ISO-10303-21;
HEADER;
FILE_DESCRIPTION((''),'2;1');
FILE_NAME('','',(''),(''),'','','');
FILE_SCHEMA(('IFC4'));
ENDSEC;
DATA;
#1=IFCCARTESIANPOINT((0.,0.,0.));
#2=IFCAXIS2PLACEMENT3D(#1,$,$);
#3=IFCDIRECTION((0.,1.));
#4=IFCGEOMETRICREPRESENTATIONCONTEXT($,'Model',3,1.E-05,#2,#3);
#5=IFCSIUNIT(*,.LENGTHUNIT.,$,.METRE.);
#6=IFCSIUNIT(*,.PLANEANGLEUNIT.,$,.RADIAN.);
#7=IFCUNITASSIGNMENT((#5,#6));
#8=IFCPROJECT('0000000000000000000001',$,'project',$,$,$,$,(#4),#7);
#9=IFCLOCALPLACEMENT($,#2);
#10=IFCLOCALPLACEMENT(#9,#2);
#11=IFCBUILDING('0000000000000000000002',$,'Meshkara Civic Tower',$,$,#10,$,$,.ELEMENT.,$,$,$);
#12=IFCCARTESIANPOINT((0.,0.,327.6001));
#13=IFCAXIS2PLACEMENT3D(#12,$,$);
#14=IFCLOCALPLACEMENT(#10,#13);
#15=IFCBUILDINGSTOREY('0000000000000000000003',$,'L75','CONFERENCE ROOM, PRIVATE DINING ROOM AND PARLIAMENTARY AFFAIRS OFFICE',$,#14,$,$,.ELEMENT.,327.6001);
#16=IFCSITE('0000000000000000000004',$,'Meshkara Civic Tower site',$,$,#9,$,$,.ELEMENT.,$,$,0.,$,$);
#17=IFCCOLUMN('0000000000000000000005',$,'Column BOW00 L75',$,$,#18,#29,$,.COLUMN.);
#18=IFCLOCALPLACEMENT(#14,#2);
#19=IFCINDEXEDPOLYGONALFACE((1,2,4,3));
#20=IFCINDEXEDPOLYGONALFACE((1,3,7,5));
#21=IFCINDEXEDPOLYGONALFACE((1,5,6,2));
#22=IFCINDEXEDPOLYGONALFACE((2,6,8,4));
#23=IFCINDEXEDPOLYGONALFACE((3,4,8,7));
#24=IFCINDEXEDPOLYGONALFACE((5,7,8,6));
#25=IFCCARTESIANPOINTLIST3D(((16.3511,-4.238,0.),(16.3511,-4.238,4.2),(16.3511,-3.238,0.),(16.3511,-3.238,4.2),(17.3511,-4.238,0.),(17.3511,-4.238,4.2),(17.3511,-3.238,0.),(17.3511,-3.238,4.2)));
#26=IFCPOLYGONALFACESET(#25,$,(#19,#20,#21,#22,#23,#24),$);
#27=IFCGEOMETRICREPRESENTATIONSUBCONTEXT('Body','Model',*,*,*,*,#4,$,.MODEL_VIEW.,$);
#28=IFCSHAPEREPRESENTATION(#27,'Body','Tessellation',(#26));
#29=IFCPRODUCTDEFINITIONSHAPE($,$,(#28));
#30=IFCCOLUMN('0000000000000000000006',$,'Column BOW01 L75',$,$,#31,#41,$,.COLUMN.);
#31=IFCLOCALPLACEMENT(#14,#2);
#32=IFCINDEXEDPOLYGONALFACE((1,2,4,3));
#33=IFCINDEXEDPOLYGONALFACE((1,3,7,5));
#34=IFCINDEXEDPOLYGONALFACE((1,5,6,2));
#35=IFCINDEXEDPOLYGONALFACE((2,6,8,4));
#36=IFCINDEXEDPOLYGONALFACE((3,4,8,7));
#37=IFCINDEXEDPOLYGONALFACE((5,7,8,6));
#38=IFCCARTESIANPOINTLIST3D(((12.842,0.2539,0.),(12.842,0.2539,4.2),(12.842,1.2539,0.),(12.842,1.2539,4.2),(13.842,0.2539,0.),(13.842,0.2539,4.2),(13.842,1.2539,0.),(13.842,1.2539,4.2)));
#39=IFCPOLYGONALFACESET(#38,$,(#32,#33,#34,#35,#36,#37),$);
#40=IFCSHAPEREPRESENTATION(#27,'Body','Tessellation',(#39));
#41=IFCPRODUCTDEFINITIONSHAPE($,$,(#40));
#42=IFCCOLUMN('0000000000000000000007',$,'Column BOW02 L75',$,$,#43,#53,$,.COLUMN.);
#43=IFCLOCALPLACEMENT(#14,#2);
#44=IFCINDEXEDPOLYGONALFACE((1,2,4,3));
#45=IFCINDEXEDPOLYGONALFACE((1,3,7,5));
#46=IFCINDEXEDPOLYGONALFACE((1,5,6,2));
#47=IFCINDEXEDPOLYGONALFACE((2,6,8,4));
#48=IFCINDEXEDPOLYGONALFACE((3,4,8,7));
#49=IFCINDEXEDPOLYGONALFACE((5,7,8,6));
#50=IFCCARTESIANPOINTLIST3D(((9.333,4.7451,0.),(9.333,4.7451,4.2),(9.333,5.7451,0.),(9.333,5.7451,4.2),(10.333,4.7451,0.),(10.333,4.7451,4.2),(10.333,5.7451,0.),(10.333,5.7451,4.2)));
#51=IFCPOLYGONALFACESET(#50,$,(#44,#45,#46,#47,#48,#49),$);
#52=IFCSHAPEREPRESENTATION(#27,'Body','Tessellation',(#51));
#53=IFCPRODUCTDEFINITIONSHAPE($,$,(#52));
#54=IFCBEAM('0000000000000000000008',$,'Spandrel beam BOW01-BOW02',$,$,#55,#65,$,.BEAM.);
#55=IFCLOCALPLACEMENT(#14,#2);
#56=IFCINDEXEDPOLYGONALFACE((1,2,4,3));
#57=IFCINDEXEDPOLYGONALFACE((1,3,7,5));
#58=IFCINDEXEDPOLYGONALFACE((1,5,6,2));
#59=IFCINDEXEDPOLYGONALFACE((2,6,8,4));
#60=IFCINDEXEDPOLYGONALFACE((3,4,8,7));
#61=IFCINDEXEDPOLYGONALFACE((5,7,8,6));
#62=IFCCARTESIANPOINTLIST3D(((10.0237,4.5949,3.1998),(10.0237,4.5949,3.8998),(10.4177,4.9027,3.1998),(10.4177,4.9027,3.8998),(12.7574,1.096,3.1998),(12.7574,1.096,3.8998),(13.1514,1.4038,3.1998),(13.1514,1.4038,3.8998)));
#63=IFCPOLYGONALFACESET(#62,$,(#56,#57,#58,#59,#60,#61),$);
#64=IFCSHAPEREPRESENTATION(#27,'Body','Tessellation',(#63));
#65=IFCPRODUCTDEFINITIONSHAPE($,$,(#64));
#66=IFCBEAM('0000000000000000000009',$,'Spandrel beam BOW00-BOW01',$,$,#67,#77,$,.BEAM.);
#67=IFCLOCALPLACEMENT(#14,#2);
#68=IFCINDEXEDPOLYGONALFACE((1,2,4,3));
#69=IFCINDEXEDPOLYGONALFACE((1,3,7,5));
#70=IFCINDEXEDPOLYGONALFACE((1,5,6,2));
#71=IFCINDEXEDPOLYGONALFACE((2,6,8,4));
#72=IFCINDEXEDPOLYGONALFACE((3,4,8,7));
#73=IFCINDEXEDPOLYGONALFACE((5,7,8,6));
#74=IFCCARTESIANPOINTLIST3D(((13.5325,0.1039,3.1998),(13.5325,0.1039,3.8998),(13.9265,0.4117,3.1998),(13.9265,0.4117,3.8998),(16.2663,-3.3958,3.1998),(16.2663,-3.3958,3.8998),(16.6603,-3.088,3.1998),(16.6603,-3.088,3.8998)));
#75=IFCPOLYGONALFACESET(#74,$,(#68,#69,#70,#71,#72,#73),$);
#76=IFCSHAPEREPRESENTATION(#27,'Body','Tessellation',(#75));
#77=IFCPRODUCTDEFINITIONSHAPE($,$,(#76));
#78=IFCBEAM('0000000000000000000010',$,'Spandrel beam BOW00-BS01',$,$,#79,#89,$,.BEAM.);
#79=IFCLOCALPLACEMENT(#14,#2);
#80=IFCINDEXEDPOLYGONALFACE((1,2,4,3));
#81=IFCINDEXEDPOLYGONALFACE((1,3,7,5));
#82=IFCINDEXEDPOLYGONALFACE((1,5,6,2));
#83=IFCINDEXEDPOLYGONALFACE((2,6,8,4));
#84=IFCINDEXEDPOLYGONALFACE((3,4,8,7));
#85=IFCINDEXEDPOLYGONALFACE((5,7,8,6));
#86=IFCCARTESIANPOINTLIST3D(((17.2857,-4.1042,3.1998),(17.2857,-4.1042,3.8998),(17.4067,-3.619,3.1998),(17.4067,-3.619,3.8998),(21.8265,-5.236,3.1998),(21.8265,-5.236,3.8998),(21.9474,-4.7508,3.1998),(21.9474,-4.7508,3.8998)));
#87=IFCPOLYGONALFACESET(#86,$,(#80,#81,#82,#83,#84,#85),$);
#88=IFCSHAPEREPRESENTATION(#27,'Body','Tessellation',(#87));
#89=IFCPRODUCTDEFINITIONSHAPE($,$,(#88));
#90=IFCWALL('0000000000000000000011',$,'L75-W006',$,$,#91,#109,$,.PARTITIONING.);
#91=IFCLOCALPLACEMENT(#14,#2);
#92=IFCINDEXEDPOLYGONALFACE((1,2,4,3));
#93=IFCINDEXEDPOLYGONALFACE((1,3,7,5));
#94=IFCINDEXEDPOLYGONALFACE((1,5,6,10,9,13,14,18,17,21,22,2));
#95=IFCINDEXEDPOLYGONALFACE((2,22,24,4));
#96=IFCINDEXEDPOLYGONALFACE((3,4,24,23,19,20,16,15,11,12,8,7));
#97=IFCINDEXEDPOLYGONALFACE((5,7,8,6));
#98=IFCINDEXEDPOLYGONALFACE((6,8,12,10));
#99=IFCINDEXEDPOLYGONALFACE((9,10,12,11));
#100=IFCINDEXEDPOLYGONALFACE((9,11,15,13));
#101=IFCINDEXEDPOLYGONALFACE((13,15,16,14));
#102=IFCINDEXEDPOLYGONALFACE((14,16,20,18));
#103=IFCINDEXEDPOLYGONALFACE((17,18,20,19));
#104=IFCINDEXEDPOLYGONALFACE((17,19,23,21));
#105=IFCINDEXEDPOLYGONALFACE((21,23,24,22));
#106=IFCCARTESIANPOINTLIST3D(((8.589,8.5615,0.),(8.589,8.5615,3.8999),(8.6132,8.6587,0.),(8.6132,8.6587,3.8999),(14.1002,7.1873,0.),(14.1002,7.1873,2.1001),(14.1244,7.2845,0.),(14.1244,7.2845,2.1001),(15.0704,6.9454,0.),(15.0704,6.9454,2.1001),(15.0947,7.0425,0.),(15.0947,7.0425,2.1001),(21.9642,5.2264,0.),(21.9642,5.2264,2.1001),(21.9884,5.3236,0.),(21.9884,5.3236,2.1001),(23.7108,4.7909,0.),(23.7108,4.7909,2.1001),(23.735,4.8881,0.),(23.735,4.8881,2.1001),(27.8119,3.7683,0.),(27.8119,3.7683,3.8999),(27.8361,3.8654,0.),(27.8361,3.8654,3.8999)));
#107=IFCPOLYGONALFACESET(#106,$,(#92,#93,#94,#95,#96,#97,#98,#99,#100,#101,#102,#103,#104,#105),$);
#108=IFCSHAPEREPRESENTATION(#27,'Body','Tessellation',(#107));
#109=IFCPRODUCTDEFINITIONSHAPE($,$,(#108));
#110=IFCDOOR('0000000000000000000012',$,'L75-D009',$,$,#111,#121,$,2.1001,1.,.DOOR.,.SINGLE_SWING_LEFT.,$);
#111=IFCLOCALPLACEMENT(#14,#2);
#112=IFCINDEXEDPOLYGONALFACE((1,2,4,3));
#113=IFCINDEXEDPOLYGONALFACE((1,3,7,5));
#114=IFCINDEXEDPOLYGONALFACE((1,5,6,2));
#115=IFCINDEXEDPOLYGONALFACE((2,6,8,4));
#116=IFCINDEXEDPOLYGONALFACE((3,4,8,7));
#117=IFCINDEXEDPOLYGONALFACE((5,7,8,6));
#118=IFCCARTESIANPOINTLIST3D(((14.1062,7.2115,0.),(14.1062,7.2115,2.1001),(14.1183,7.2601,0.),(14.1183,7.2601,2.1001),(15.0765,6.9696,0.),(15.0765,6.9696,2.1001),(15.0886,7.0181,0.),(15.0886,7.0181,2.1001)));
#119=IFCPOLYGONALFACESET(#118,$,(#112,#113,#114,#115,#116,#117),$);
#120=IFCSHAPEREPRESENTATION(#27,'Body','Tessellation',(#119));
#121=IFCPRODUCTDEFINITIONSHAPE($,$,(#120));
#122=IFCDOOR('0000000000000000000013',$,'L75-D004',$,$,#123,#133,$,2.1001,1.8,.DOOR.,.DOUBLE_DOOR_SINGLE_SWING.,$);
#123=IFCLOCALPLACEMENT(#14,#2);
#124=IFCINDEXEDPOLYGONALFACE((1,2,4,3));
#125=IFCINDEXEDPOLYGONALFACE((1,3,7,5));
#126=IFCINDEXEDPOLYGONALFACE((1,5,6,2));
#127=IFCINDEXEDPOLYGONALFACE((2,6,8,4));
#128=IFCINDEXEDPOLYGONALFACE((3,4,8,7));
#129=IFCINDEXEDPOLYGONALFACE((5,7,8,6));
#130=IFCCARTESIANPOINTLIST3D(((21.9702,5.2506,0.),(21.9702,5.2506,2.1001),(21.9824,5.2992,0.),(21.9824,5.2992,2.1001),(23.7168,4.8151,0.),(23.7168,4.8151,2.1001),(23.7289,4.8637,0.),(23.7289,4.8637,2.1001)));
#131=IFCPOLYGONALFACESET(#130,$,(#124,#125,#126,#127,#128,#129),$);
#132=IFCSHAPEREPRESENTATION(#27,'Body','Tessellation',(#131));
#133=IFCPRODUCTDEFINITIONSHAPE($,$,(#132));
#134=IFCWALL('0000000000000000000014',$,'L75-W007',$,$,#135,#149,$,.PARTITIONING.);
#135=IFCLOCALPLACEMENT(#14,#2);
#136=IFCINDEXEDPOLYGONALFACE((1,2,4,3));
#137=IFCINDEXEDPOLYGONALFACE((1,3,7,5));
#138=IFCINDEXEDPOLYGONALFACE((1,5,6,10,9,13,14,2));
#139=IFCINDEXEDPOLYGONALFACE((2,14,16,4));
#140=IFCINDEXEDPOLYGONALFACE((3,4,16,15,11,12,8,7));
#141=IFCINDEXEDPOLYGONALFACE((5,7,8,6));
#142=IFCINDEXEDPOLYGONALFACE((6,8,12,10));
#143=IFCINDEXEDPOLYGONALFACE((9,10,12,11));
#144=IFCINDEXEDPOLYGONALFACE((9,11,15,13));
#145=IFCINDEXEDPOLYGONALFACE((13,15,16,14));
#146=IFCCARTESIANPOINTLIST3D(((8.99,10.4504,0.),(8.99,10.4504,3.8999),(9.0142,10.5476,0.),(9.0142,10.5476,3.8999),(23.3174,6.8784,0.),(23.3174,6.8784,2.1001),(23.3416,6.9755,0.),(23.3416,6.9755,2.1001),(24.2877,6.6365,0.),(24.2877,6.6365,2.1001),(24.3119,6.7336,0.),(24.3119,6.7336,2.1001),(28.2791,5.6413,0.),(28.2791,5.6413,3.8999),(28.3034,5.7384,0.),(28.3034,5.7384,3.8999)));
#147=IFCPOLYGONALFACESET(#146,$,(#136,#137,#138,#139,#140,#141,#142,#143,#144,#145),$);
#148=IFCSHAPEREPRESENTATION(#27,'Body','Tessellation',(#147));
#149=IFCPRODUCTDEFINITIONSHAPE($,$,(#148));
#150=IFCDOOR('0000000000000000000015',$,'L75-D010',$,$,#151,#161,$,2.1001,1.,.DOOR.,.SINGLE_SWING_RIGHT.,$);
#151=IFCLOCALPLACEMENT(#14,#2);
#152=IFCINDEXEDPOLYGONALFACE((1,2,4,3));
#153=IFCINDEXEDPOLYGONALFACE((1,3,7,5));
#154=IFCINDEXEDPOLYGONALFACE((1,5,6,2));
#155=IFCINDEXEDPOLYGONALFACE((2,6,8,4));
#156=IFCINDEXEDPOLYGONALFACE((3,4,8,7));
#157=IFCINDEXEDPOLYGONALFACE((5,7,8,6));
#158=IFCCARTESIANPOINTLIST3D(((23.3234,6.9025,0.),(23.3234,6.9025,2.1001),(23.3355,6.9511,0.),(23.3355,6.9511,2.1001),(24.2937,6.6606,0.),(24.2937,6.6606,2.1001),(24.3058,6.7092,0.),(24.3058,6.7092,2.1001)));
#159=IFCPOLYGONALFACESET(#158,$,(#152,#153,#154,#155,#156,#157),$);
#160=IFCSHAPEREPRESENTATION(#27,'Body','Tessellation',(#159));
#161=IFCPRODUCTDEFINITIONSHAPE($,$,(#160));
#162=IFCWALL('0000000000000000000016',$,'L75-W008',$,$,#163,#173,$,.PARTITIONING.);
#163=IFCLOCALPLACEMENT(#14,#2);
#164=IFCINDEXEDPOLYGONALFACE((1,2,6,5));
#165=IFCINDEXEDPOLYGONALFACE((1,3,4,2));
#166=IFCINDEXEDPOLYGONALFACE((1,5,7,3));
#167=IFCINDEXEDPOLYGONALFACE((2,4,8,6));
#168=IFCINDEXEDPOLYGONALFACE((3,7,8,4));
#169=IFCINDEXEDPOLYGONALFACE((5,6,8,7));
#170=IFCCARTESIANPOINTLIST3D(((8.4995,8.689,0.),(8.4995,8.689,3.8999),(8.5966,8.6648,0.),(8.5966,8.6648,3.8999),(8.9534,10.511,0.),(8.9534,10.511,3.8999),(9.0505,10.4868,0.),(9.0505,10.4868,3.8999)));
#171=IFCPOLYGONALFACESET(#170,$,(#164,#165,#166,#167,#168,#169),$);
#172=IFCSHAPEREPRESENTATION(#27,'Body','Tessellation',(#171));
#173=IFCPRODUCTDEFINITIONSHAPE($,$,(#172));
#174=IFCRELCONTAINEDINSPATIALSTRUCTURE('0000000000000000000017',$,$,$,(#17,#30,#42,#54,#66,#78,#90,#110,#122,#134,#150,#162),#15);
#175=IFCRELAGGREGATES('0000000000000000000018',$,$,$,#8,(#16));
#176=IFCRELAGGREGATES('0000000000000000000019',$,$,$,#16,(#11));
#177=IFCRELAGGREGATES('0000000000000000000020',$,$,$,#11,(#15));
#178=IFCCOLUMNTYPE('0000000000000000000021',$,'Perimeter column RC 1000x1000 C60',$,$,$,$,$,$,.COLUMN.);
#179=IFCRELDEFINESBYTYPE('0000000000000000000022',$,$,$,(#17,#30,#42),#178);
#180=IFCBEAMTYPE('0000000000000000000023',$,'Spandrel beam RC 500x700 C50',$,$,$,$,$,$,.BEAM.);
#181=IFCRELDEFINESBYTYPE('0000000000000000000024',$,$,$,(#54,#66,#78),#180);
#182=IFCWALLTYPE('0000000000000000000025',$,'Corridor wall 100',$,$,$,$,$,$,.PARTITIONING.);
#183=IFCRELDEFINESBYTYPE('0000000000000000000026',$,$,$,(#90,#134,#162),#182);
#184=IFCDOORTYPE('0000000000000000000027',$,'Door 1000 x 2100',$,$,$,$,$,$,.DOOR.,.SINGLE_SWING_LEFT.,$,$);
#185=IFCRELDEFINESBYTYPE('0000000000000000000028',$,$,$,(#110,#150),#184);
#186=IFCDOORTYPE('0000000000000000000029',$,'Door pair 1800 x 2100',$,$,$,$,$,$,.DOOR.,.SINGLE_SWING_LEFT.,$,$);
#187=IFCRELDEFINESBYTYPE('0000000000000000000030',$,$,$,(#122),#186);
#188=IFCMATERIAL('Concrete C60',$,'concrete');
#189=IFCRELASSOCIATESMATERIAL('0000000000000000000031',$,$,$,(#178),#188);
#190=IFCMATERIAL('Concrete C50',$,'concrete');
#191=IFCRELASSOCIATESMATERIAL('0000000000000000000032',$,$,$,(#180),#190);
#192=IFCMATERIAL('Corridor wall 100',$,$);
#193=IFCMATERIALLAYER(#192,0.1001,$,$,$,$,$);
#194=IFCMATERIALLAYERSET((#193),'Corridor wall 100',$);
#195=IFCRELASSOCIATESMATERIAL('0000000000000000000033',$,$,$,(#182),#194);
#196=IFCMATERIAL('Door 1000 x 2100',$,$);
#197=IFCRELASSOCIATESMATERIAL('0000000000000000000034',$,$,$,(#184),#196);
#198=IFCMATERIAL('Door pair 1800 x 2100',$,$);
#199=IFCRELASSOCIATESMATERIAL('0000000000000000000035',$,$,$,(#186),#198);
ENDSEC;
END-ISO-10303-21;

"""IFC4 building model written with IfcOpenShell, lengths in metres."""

from ifc_helpers import new_model, si_unit, direction, frame, frame_2d, origin, origin_2d, place, context, subcontext, project, spatial, rectangle, extrude, material, layer, layer_set, material_profile, profile_set, type_object, element, fill, save


model = new_model("IFC4")

# Units and contexts
model_context = context("Model", 3, precision=1e-05, world=origin(), true_north=direction((0.0, 1.0)))
body_context = subcontext(model_context, "Body", "Model", "MODEL_VIEW")
ifc_project = project(units=[si_unit("LENGTHUNIT", "METRE"), si_unit("PLANEANGLEUNIT", "RADIAN")], contexts=[model_context])

# Site, building, storey
site_placement = place(None, origin())
site = spatial("IfcSite", under=ifc_project, at=site_placement, Name="Meshkara Civic Tower site", CompositionType="ELEMENT", RefElevation=0.0)
building_placement = place(site_placement, origin())
building = spatial("IfcBuilding", under=site, at=building_placement, Name="Meshkara Civic Tower", CompositionType="ELEMENT")
storey_placement = place(building_placement, frame((0.0, 0.0, 327.6001)))
storey = spatial("IfcBuildingStorey", under=building, at=storey_placement, Name="L75", Description="CONFERENCE ROOM, PRIVATE DINING ROOM AND PARLIAMENTARY AFFAIRS OFFICE", CompositionType="ELEMENT", Elevation=327.6001)

# Columns
ifc_material_1 = material(Name="Concrete C60", Category="concrete")
ifc_material_profile_1 = material_profile(ifc_material_1, rectangle(XDim=1.0, YDim=1.0, at=origin_2d()))
ifc_profile_set_1 = profile_set([ifc_material_profile_1], Name="Concrete C60")
column_type = type_object("IfcColumnType", Name="Perimeter column RC 1000x1000 C60", PredefinedType="COLUMN", material=ifc_profile_set_1)
for number, where, z_axis, x_axis, name in (
    (1, (16.8511, -3.738, 0.0), (0.0, 0.0, 1.0), (1.0, 0.0, 0.0), "Column BOW00 L75"),
    (2, (13.342, 0.7539, 0.0), (0.0, 0.0, 1.0), (1.0, 0.0, 0.0), "Column BOW01 L75"),
    (3, (9.833, 5.2451, 0.0), (0.0, 0.0, 1.0), (1.0, 0.0, 0.0), "Column BOW02 L75"),
):
    element("IfcColumn", number, at=place(storey_placement, frame(where, z_axis=z_axis, x_axis=x_axis)), inside=storey, type_object=column_type, Name=name, PredefinedType="COLUMN", context=body_context, shape_type="SweptSolid", body=[
        extrude(rectangle(XDim=1.0, YDim=1.0, at=origin_2d()), origin(), (0.0, 0.0, 1.0), 4.2),
    ])

# Beams
ifc_material_2 = material(Name="Concrete C50", Category="concrete")
ifc_material_profile_2 = material_profile(ifc_material_2, rectangle(XDim=0.5, YDim=0.7, at=origin_2d()))
ifc_profile_set_2 = profile_set([ifc_material_profile_2], Name="Concrete C50")
beam_type = type_object("IfcBeamType", Name="Spandrel beam RC 500x700 C50", PredefinedType="BEAM", material=ifc_profile_set_2)
beam_1_placement = place(storey_placement, frame((10.2207, 4.7488, 3.5498), z_axis=(0.615675, -0.788, 0.0), x_axis=(0.788, 0.615675, 0.0)))
element("IfcBeam", 4, at=beam_1_placement, inside=storey, type_object=beam_type, Name="Spandrel beam BOW01-BOW02", PredefinedType="BEAM", context=body_context, shape_type="SweptSolid", body=[
    extrude(rectangle(XDim=0.5, YDim=0.7, at=origin_2d()), origin(), (0.0, 0.0, 1.0), 4.4402),
])
beam_2_placement = place(storey_placement, frame((13.7295, 0.2578, 3.5498), z_axis=(0.615602, -0.788057, 0.0), x_axis=(0.788057, 0.615602, 0.0)))
element("IfcBeam", 5, at=beam_2_placement, inside=storey, type_object=beam_type, Name="Spandrel beam BOW00-BOW01", PredefinedType="BEAM", context=body_context, shape_type="SweptSolid", body=[
    extrude(rectangle(XDim=0.5, YDim=0.7, at=origin_2d()), origin(), (0.0, 0.0, 1.0), 4.4409),
])
beam_3_placement = place(storey_placement, frame((17.3462, -3.8616, 3.5498), z_axis=(0.970311, -0.24186, 0.0), x_axis=(0.24186, 0.970311, 0.0)))
element("IfcBeam", 6, at=beam_3_placement, inside=storey, type_object=beam_type, Name="Spandrel beam BOW00-BS01", PredefinedType="BEAM", context=body_context, shape_type="SweptSolid", body=[
    extrude(rectangle(XDim=0.5, YDim=0.7, at=origin_2d()), origin(), (0.0, 0.0, 1.0), 4.6797),
])

# Wall, openings, doors
ifc_material_3 = material(Name="Corridor wall 100")
ifc_layer_1 = layer(ifc_material_3, 0.1001)
ifc_layer_set_1 = layer_set([ifc_layer_1], Name="Corridor wall 100")
wall_type_1 = type_object("IfcWallType", Name="Corridor wall 100", PredefinedType="PARTITIONING", material=ifc_layer_set_1)
wall_1_placement = place(storey_placement, frame((8.6011, 8.6101, 0.0), z_axis=(0.0, 0.0, 1.0), x_axis=(0.970291, -0.241941, 0.0)))
wall_1 = element("IfcWall", 7, at=wall_1_placement, inside=storey, type_object=wall_type_1, Name="L75-W006", PredefinedType="PARTITIONING", context=body_context, shape_type="SweptSolid", body=[
    extrude(rectangle(XDim=19.8115, YDim=0.1001, at=frame_2d((9.9058, 0.0))), origin(), (0.0, 0.0, 1.0), 3.8999),
])
opening_1_placement = place(wall_1_placement, frame((13.7849, 0.0, 0.0)))
opening_1 = element("IfcOpeningElement", 8, at=opening_1_placement, cuts=wall_1, PredefinedType="OPENING", context=body_context, shape_type="SweptSolid", body=[
    extrude(rectangle(XDim=1.8, YDim=2.1001, at=frame_2d((0.8999, 1.05))), frame((0.0, 0.0601, 0.0), z_axis=(0.0, -1.0, 0.0), x_axis=(1.0, 0.0, 0.0)), (0.0, 0.0, 1.0), 0.1201),
])
opening_2_placement = place(wall_1_placement, frame((5.6799, 0.0, 0.0)))
opening_2 = element("IfcOpeningElement", 9, at=opening_2_placement, cuts=wall_1, PredefinedType="OPENING", context=body_context, shape_type="SweptSolid", body=[
    extrude(rectangle(XDim=1.0, YDim=2.1001, at=frame_2d((0.5, 1.05))), frame((0.0, 0.0601, 0.0), z_axis=(0.0, -1.0, 0.0), x_axis=(1.0, 0.0, 0.0)), (0.0, 0.0, 1.0), 0.1201),
])
ifc_material_4 = material(Name="Door 1000 x 2100")
door_type_1 = type_object("IfcDoorType", Name="Door 1000 x 2100", OperationType="SINGLE_SWING_LEFT", PredefinedType="DOOR", material=ifc_material_4)
door_1_placement = place(opening_2_placement, origin())
door_1 = element("IfcDoor", 10, at=door_1_placement, inside=storey, type_object=door_type_1, Name="L75-D009", OperationType="SINGLE_SWING_LEFT", OverallHeight=2.1001, OverallWidth=1.0, PredefinedType="DOOR", context=body_context, shape_type="SweptSolid", body=[
    extrude(rectangle(XDim=1.0, YDim=2.1001, at=frame_2d((0.5, 1.05))), frame((0.0, 0.0249, 0.0), z_axis=(0.0, -1.0, 0.0), x_axis=(1.0, 0.0, 0.0)), (0.0, 0.0, 1.0), 0.05),
])
fill(opening_2, door_1)
ifc_material_5 = material(Name="Door pair 1800 x 2100")
door_type_2 = type_object("IfcDoorType", Name="Door pair 1800 x 2100", OperationType="SINGLE_SWING_LEFT", PredefinedType="DOOR", material=ifc_material_5)
door_2_placement = place(opening_1_placement, origin())
door_2 = element("IfcDoor", 11, at=door_2_placement, inside=storey, type_object=door_type_2, Name="L75-D004", OperationType="DOUBLE_DOOR_SINGLE_SWING", OverallHeight=2.1001, OverallWidth=1.8, PredefinedType="DOOR", context=body_context, shape_type="SweptSolid", body=[
    extrude(rectangle(XDim=1.8, YDim=2.1001, at=frame_2d((0.8999, 1.05))), frame((0.0, 0.0249, 0.0), z_axis=(0.0, -1.0, 0.0), x_axis=(1.0, 0.0, 0.0)), (0.0, 0.0, 1.0), 0.05),
])
fill(opening_1, door_2)

# Wall, opening, door
wall_2_placement = place(storey_placement, frame((9.002, 10.499, 0.0), z_axis=(0.0, 0.0, 1.0), x_axis=(0.970298, -0.241911, 0.0)))
wall_2 = element("IfcWall", 12, at=wall_2_placement, inside=storey, type_object=wall_type_1, Name="L75-W007", PredefinedType="PARTITIONING", context=body_context, shape_type="SweptSolid", body=[
    extrude(rectangle(XDim=19.8796, YDim=0.1001, at=frame_2d((9.9399, 0.0))), origin(), (0.0, 0.0, 1.0), 3.8999),
])
opening_3_placement = place(wall_2_placement, frame((14.7661, 0.0, 0.0)))
opening_3 = element("IfcOpeningElement", 13, at=opening_3_placement, cuts=wall_2, PredefinedType="OPENING", context=body_context, shape_type="SweptSolid", body=[
    extrude(rectangle(XDim=1.0, YDim=2.1001, at=frame_2d((0.5, 1.05))), frame((0.0, 0.0601, 0.0), z_axis=(0.0, -1.0, 0.0), x_axis=(1.0, 0.0, 0.0)), (0.0, 0.0, 1.0), 0.1201),
])
door_3_placement = place(opening_3_placement, origin())
door_3 = element("IfcDoor", 14, at=door_3_placement, inside=storey, type_object=door_type_1, Name="L75-D010", OperationType="SINGLE_SWING_RIGHT", OverallHeight=2.1001, OverallWidth=1.0, PredefinedType="DOOR", context=body_context, shape_type="SweptSolid", body=[
    extrude(rectangle(XDim=1.0, YDim=2.1001, at=frame_2d((0.5, 1.05))), frame((0.0, 0.0249, 0.0), z_axis=(0.0, -1.0, 0.0), x_axis=(1.0, 0.0, 0.0)), (0.0, 0.0, 1.0), 0.05),
])
fill(opening_3, door_3)

# Wall
wall_3_placement = place(storey_placement, frame((9.002, 10.499, 0.0), z_axis=(0.0, 0.0, 1.0), x_axis=(-0.24171, -0.970349, 0.0)))
element("IfcWall", 15, at=wall_3_placement, inside=storey, type_object=wall_type_1, Name="L75-W008", PredefinedType="PARTITIONING", context=body_context, shape_type="SweptSolid", body=[
    extrude(rectangle(XDim=1.8777, YDim=0.1001, at=frame_2d((0.939, 0.0))), origin(), (0.0, 0.0, 1.0), 3.8999),
])

save(model, "model.ifc")
